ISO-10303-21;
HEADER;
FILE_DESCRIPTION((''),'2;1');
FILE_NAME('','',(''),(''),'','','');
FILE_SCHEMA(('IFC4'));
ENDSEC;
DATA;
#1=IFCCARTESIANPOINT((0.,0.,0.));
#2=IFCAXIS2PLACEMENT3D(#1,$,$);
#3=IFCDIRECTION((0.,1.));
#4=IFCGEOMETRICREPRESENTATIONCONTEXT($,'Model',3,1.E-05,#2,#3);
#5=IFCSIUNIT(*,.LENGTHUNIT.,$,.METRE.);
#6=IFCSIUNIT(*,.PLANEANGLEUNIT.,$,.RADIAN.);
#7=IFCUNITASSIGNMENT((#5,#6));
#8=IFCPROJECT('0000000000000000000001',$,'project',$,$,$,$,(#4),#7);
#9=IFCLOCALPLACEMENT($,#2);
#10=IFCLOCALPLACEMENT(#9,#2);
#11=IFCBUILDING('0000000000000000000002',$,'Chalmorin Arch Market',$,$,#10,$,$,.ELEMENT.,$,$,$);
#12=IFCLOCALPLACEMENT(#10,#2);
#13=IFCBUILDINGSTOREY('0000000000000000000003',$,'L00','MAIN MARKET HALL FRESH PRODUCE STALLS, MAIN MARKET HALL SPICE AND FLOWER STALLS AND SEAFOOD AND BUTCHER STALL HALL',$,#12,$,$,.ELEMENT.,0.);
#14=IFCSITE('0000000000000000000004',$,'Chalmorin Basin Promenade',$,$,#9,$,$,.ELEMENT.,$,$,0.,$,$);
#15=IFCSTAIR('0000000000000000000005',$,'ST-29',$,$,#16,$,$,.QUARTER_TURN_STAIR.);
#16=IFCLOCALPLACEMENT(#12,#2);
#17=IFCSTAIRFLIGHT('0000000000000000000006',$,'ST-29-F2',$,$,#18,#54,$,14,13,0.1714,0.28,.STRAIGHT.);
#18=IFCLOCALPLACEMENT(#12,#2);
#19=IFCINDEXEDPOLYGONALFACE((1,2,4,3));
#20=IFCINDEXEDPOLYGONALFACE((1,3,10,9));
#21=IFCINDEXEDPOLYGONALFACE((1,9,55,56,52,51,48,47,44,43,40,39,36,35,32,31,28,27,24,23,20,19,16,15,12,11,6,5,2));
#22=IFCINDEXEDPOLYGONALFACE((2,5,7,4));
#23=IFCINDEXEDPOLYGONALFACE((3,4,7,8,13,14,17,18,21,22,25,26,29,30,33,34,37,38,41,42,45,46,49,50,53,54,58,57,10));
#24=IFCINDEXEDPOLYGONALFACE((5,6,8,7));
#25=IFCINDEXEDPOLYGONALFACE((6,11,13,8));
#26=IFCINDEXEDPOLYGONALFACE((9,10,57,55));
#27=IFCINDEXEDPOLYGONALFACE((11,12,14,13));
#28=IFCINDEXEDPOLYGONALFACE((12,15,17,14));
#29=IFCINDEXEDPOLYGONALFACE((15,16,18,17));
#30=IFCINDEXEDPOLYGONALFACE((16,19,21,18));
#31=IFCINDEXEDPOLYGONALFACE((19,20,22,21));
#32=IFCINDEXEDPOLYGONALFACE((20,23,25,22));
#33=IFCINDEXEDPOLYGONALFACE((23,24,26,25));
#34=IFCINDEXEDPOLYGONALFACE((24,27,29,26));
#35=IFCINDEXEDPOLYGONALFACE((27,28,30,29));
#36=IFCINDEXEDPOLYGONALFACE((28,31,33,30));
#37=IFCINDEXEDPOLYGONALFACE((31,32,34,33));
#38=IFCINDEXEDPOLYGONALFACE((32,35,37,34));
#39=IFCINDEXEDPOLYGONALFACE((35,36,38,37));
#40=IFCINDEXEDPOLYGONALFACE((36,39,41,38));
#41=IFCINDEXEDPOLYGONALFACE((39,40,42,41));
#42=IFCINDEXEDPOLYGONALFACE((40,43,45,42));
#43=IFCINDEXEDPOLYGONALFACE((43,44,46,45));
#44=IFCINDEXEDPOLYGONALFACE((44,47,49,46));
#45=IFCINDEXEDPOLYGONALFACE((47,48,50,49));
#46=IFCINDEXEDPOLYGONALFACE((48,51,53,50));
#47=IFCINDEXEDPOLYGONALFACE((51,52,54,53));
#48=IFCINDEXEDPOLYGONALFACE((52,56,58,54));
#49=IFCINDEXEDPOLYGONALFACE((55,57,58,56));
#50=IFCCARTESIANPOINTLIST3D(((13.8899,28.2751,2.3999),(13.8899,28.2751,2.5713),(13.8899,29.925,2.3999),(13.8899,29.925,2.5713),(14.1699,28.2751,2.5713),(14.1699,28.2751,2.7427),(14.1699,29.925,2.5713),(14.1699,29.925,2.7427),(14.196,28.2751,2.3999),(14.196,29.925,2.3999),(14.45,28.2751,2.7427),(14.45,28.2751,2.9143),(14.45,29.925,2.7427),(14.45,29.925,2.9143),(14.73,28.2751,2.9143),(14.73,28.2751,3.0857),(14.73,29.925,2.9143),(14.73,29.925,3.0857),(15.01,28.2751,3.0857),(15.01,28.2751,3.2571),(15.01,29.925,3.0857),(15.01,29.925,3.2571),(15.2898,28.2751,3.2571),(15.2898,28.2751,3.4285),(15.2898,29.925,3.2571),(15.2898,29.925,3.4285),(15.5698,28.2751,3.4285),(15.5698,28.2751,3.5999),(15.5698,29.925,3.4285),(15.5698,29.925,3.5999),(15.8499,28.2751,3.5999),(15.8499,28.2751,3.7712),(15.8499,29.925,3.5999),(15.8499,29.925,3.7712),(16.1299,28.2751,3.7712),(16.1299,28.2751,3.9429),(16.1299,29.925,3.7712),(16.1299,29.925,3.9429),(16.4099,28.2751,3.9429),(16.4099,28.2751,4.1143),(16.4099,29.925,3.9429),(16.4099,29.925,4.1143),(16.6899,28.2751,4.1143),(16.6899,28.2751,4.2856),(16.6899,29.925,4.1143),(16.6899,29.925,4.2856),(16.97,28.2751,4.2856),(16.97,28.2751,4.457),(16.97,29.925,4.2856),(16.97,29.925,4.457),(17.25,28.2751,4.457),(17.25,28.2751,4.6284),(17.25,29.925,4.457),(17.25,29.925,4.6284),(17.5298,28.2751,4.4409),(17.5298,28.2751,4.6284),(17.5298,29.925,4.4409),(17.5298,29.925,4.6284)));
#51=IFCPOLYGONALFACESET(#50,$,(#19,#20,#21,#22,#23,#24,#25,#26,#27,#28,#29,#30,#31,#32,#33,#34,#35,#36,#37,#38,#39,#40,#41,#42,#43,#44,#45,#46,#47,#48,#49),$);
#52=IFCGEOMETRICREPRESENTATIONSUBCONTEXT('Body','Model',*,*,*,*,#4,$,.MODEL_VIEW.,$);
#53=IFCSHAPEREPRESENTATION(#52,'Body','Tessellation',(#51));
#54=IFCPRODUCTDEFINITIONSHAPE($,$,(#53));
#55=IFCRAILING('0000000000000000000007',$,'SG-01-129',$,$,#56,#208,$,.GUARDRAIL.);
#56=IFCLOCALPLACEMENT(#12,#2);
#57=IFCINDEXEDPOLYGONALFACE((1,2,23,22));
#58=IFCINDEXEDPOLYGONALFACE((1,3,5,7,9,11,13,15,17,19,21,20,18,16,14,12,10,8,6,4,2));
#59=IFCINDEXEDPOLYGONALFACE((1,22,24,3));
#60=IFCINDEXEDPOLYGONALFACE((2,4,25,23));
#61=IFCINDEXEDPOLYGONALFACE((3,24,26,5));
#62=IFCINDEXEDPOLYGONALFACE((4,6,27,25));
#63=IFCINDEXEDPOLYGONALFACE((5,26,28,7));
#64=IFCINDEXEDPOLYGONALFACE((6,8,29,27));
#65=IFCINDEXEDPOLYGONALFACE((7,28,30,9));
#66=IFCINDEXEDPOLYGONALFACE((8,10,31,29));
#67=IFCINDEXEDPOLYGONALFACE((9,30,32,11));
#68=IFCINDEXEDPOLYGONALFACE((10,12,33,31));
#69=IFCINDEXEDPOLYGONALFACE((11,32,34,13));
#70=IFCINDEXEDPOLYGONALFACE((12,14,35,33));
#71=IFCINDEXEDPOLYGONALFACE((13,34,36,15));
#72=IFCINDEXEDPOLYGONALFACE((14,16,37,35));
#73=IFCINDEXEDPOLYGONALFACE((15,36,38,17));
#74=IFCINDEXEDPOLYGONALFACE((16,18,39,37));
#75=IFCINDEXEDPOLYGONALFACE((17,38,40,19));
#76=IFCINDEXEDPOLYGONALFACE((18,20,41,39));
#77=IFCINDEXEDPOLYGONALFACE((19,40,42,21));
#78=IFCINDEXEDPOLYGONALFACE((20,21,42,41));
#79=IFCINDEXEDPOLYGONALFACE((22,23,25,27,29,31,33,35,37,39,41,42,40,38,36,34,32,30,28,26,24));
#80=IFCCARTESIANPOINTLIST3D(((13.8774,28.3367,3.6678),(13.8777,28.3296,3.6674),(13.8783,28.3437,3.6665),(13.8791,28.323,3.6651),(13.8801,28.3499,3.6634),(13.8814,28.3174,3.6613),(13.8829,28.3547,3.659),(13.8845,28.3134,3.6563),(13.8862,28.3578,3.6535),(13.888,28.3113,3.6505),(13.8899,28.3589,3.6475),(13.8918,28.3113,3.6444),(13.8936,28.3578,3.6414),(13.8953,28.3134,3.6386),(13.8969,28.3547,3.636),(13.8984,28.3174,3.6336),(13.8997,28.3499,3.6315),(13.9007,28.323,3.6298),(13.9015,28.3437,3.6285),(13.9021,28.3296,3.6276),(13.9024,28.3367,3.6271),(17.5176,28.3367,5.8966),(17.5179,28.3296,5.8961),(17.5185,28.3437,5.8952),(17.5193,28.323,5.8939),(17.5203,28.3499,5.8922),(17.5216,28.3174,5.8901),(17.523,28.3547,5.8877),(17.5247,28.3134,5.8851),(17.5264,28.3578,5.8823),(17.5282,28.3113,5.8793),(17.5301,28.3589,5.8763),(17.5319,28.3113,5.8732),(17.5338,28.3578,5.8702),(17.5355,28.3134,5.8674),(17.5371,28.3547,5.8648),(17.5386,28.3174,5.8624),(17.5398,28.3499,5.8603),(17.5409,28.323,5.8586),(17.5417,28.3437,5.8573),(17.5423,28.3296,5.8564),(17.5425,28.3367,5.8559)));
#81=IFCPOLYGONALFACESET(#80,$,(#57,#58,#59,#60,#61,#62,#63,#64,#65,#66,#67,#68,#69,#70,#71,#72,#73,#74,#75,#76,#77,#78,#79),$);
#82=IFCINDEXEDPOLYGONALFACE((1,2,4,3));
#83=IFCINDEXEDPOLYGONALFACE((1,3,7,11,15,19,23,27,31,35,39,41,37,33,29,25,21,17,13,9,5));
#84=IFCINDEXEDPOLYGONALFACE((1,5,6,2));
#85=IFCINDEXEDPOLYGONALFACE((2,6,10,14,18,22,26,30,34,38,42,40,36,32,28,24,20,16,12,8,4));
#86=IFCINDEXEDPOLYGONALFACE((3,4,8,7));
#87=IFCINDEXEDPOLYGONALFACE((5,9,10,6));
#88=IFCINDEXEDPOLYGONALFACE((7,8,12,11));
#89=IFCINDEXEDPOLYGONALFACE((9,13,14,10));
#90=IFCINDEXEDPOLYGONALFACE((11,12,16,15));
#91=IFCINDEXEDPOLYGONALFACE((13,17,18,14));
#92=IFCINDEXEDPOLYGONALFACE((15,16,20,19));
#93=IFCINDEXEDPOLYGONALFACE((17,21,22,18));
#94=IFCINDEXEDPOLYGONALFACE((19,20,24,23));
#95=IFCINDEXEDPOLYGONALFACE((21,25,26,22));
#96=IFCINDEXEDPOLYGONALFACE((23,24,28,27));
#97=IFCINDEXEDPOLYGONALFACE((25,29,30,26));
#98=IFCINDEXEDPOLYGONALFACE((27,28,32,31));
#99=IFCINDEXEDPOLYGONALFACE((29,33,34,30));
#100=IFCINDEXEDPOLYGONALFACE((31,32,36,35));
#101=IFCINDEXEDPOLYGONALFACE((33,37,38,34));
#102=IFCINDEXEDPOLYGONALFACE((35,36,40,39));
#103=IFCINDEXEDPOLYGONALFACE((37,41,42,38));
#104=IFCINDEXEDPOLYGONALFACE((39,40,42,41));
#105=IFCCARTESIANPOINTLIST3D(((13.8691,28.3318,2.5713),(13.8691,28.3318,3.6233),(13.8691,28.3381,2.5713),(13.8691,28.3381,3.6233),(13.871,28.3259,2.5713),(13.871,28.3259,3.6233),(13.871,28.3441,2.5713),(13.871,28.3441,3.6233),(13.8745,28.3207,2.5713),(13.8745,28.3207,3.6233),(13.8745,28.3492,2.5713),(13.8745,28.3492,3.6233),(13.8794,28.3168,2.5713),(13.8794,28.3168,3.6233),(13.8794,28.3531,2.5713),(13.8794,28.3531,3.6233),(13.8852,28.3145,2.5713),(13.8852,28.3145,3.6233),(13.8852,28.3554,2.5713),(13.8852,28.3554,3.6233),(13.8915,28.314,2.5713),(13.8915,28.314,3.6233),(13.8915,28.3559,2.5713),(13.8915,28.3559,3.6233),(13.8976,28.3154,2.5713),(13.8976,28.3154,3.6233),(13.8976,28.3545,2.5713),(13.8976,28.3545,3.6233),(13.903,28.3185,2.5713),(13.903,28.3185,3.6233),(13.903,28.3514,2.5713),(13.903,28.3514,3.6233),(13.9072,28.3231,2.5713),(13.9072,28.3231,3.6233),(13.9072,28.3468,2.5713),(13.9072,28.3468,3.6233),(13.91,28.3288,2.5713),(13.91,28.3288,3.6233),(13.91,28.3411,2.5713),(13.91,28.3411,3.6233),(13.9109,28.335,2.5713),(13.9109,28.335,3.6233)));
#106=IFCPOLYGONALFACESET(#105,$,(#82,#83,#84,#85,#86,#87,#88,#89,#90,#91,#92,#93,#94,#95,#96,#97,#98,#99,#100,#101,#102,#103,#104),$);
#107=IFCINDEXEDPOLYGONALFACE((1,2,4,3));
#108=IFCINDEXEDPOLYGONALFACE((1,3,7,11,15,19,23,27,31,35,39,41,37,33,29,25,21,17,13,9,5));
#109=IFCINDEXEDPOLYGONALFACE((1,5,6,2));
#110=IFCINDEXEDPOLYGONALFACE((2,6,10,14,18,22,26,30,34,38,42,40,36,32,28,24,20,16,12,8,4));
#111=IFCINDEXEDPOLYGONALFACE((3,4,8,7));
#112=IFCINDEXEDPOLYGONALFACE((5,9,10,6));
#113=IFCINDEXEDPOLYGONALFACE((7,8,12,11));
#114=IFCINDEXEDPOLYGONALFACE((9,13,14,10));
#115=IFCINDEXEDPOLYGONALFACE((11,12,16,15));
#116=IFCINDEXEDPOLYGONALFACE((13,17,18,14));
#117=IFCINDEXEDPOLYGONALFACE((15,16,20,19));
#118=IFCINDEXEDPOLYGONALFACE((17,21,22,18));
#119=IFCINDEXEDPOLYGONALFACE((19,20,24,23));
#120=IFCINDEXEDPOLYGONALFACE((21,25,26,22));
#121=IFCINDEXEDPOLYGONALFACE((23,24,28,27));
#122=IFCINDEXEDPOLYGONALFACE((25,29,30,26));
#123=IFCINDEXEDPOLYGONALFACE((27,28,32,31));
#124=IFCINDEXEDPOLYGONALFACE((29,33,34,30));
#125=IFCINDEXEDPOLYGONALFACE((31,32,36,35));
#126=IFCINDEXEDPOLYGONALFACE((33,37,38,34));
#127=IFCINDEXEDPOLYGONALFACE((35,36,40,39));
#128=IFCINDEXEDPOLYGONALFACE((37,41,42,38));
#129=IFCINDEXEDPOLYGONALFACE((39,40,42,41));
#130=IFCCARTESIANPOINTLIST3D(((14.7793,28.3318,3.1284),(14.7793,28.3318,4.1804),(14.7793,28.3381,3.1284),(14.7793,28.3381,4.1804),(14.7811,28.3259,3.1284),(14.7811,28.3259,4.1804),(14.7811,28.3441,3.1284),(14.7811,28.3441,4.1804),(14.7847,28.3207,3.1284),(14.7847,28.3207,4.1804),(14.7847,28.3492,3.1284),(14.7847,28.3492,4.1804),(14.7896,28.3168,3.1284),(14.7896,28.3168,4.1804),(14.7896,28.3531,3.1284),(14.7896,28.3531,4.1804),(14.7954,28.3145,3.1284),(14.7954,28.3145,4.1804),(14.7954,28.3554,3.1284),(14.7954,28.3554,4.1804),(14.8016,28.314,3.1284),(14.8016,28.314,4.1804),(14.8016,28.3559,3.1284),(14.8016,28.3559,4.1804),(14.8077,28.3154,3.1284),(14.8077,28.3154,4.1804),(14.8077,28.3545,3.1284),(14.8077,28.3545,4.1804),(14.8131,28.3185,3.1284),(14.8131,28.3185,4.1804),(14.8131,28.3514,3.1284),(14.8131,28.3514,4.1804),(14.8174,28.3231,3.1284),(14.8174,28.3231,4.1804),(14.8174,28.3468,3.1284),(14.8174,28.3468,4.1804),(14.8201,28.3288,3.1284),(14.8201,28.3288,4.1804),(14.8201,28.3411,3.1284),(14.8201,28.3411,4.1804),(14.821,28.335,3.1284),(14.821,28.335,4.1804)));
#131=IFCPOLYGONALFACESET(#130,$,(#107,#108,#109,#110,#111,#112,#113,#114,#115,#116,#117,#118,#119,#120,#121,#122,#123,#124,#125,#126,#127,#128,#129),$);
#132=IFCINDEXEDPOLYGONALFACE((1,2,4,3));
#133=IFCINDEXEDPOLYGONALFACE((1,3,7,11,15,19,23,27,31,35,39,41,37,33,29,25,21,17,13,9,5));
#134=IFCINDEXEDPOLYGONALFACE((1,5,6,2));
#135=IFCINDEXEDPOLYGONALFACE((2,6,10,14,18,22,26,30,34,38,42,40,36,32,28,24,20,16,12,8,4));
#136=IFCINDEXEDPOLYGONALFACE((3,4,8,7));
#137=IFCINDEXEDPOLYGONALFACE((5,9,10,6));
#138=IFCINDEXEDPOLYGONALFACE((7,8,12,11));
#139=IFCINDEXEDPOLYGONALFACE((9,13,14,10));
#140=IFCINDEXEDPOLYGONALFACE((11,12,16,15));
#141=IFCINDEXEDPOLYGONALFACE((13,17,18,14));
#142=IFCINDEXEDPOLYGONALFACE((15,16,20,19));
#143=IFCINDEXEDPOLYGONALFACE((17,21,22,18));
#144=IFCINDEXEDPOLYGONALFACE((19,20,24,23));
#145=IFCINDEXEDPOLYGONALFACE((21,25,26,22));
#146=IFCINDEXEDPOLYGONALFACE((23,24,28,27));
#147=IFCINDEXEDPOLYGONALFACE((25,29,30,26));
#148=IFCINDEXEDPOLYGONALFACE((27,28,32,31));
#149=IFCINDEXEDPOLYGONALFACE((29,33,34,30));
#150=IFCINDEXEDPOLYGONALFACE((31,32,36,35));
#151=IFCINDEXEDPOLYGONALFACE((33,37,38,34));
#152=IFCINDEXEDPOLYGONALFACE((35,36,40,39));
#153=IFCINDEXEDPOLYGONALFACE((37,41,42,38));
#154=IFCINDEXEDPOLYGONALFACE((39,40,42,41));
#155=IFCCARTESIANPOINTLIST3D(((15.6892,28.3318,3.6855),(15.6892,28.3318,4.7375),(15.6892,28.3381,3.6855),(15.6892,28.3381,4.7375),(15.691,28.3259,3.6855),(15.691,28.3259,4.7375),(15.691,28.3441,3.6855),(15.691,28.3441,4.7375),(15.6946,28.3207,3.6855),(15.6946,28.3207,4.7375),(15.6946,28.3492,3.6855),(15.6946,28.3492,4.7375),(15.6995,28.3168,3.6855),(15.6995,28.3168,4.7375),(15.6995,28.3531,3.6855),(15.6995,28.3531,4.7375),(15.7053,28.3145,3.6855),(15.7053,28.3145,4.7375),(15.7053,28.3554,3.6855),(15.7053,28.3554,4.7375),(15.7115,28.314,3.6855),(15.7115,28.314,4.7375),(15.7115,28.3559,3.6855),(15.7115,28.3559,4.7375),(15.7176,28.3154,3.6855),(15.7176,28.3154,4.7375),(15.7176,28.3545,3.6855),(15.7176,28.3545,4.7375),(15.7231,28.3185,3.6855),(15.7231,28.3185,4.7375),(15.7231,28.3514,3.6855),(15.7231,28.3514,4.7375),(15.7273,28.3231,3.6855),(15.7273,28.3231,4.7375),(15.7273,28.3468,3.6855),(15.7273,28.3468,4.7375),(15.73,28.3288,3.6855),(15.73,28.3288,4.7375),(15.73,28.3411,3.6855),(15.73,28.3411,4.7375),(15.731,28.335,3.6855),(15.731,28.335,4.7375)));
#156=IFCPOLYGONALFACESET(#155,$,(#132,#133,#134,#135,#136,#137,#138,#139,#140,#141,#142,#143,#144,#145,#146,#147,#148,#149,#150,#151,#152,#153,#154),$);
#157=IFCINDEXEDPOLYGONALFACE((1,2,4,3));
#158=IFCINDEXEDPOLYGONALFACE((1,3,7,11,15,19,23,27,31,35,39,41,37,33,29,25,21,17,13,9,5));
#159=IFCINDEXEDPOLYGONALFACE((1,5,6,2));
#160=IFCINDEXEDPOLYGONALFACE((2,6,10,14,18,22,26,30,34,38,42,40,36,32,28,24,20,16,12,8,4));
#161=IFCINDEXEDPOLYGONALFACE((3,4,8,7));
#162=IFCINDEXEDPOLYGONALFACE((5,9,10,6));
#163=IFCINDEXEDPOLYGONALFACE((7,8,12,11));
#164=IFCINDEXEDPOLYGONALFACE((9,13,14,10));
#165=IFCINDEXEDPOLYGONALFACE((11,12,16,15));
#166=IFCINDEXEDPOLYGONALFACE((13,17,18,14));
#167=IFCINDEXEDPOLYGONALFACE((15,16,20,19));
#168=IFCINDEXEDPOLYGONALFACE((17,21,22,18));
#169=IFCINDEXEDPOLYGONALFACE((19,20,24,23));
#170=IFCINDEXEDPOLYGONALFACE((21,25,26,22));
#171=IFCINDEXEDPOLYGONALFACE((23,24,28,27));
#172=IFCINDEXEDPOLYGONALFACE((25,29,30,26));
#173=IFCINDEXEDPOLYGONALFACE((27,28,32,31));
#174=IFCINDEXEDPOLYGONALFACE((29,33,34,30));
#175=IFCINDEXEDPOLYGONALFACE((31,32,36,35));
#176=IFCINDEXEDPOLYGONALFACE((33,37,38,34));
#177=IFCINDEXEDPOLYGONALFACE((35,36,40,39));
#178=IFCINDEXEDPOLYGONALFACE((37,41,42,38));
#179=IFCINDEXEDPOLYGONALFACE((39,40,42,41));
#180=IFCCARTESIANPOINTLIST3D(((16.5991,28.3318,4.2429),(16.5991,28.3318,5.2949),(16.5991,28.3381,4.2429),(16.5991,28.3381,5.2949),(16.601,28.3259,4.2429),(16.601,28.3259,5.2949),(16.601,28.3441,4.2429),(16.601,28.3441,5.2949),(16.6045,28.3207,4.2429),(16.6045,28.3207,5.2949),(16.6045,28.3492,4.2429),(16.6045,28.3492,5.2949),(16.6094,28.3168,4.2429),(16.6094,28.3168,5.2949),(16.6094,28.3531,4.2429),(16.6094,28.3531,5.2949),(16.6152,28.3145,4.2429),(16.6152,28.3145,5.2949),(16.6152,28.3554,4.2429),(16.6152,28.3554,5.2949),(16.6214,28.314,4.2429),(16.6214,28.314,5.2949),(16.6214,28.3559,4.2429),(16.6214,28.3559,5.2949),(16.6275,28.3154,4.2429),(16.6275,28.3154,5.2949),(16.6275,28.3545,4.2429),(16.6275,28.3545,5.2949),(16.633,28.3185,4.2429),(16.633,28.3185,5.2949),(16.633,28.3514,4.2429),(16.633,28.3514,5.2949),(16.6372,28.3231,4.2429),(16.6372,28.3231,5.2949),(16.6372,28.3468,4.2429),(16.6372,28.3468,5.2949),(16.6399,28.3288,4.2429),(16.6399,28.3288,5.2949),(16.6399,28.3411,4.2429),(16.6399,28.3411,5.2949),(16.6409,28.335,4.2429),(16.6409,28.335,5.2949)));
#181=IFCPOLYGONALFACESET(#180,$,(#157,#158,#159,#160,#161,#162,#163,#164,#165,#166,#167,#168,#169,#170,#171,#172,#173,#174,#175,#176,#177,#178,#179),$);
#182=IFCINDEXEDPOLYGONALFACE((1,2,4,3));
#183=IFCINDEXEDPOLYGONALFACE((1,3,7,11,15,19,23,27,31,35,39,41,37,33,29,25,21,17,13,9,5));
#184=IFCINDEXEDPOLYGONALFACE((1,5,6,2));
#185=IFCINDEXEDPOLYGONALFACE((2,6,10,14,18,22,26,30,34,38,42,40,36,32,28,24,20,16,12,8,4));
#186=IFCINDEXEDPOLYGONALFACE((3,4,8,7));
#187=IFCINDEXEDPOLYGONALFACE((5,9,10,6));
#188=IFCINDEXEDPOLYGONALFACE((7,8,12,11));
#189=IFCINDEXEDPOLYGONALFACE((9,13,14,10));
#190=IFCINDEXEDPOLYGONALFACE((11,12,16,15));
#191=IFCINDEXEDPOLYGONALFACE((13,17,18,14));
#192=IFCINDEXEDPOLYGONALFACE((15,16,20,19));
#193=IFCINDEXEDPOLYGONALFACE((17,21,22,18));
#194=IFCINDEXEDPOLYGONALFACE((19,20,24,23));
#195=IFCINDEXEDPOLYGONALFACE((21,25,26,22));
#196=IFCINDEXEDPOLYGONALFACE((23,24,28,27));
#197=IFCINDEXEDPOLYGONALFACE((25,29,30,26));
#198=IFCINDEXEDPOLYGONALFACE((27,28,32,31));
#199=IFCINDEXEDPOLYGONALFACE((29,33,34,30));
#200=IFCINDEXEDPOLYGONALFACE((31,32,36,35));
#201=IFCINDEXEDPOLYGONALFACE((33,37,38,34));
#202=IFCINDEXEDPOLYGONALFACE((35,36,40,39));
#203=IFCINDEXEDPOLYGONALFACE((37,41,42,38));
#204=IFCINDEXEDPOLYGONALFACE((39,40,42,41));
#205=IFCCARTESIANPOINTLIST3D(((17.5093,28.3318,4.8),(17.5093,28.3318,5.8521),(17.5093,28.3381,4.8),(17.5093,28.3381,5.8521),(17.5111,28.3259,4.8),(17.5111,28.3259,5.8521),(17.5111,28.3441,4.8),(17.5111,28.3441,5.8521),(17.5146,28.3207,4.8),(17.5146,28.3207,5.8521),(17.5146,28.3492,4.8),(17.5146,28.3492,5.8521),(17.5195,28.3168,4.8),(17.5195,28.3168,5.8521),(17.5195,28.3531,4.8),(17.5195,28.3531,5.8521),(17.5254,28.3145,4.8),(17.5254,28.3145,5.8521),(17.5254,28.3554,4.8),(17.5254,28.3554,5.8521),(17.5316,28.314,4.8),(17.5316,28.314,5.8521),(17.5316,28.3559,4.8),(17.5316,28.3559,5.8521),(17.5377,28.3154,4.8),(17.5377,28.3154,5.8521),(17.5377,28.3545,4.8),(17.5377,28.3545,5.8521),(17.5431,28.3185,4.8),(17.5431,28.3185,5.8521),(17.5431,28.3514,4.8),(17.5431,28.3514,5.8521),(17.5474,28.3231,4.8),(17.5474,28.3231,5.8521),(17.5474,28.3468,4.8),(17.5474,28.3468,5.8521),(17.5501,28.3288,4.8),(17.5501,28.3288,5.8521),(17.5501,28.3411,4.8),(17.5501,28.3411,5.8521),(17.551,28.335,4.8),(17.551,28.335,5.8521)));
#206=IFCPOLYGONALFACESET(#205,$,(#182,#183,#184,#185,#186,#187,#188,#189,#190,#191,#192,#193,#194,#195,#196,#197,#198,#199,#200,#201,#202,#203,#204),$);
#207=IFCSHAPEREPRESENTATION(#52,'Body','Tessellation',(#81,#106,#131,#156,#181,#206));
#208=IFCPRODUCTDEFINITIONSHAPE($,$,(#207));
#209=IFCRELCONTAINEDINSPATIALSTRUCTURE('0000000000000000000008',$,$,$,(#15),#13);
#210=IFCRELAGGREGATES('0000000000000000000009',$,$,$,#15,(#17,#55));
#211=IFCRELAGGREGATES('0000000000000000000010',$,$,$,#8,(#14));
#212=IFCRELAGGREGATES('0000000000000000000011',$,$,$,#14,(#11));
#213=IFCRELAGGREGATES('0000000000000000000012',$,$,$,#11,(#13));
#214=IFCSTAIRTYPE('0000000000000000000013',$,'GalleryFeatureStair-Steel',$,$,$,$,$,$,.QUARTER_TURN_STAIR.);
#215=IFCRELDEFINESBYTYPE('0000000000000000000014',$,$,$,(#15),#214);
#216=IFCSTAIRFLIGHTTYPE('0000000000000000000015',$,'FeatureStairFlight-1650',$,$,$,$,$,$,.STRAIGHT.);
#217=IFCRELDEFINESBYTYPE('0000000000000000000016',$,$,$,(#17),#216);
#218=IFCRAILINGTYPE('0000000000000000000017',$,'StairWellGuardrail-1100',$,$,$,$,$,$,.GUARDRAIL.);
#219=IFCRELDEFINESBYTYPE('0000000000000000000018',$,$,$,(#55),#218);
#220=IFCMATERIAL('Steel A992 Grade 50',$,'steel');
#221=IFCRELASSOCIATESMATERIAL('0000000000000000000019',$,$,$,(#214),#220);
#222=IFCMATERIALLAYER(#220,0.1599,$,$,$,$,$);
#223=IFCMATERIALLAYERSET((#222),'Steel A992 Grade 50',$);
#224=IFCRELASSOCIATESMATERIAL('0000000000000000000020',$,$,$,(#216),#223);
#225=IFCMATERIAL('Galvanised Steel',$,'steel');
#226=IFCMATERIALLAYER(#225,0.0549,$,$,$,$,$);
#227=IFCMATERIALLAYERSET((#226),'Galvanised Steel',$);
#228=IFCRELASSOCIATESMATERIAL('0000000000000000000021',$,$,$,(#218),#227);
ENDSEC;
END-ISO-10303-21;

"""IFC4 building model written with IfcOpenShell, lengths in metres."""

from ifc_helpers import new_model, si_unit, direction, frame, origin, origin_2d, place, context, subcontext, project, spatial, polyline, circle, outline, extrude, material, layer, layer_set, type_object, element, aggregate, save


model = new_model("IFC4")

# Units and contexts
model_context = context("Model", 3, precision=1e-05, world=origin(), true_north=direction((0.0, 1.0)))
body_context = subcontext(model_context, "Body", "Model", "MODEL_VIEW")
ifc_project = project(units=[si_unit("LENGTHUNIT", "METRE"), si_unit("PLANEANGLEUNIT", "RADIAN")], contexts=[model_context])

# Site, building, storey
site_placement = place(None, origin())
site = spatial("IfcSite", under=ifc_project, at=site_placement, Name="Chalmorin Basin Promenade", CompositionType="ELEMENT", RefElevation=0.0)
building_placement = place(site_placement, origin())
building = spatial("IfcBuilding", under=site, at=building_placement, Name="Chalmorin Arch Market", CompositionType="ELEMENT")
storey_placement = place(building_placement, origin())
storey = spatial("IfcBuildingStorey", under=building, at=storey_placement, Name="L00", Description="MAIN MARKET HALL FRESH PRODUCE STALLS, MAIN MARKET HALL SPICE AND FLOWER STALLS AND SEAFOOD AND BUTCHER STALL HALL", CompositionType="ELEMENT", Elevation=0.0)

# Shared definitions
ifc_material_1 = material(Name="Steel A992 Grade 50", Category="steel")

# Stair, stair flight, railing
stair_type = type_object("IfcStairType", Name="GalleryFeatureStair-Steel", PredefinedType="QUARTER_TURN_STAIR", material=ifc_material_1)
stair_placement = place(storey_placement, origin())
stair = element("IfcStair", 1, at=stair_placement, inside=storey, type_object=stair_type, Name="ST-29", PredefinedType="QUARTER_TURN_STAIR")
ifc_layer_1 = layer(ifc_material_1, 0.1599)
ifc_layer_set_1 = layer_set([ifc_layer_1], Name="Steel A992 Grade 50")
stair_flight_type = type_object("IfcStairFlightType", Name="FeatureStairFlight-1650", PredefinedType="STRAIGHT", material=ifc_layer_set_1)
stair_flight_placement = place(storey_placement, frame((13.8899, 29.1001, 2.3999), z_axis=(0.0, 0.0, 1.0), x_axis=(1.0, 0.0, 0.0)))
stair_flight = element("IfcStairFlight", 2, at=stair_flight_placement, type_object=stair_flight_type, Name="ST-29-F2", NumberOfRisers=14, NumberOfTreads=13, PredefinedType="STRAIGHT", RiserHeight=0.1714, TreadLength=0.28, context=body_context, shape_type="SweptSolid", body=[
    extrude(outline(polyline([(0.0, 0.0), (0.0, 0.1714), (0.28, 0.1714), (0.28, 0.3428), (0.5601, 0.3428), (0.5601, 0.5144), (0.8401, 0.5144), (0.8401, 0.6858), (1.1201, 0.6858), (1.1201, 0.8572), (1.3999, 0.8572), (1.3999, 1.0286), (1.6799, 1.0286), (1.6799, 1.2), (1.96, 1.2), (1.96, 1.3713), (2.24, 1.3713), (2.24, 1.543), (2.52, 1.543), (2.52, 1.7144), (2.8, 1.7144), (2.8, 1.8857), (3.0801, 1.8857), (3.0801, 2.0571), (3.3601, 2.0571), (3.3601, 2.2285), (3.6399, 2.2285), (3.6399, 2.3999), (3.6399, 2.041), (0.3062, 0.0), (0.0, 0.0)])), frame((0.0, 0.825, 0.0), z_axis=(0.0, -1.0, 0.0), x_axis=(1.0, 0.0, 0.0)), (0.0, 0.0, 1.0), 1.6499),
])
ifc_material_2 = material(Name="Galvanised Steel", Category="steel")
ifc_layer_2 = layer(ifc_material_2, 0.0549)
ifc_layer_set_2 = layer_set([ifc_layer_2], Name="Galvanised Steel")
railing_type = type_object("IfcRailingType", Name="StairWellGuardrail-1100", PredefinedType="GUARDRAIL", material=ifc_layer_set_2)
railing_1_placement = place(storey_placement, frame((13.8899, 28.335, 2.5713)))
railing_1 = element("IfcRailing", 3, at=railing_1_placement, type_object=railing_type, Name="SG-01-129", PredefinedType="GUARDRAIL", context=body_context, shape_type="SweptSolid", body=[
    extrude(circle(Radius=0.0239, at=origin_2d()), frame((0.0, 0.0, 1.0762), z_axis=(0.85284, 0.0, 0.522172), x_axis=(0.0, 1.0, 0.0)), (0.0, 0.0, 1.0), 4.2683),
    extrude(circle(Radius=0.021, at=origin_2d()), origin(), (0.0, 0.0, 1.0), 1.052),
    extrude(circle(Radius=0.021, at=origin_2d()), frame((0.9102, 0.0, 0.5571)), (0.0, 0.0, 1.0), 1.052),
    extrude(circle(Radius=0.021, at=origin_2d()), frame((1.8201, 0.0, 1.1143)), (0.0, 0.0, 1.0), 1.052),
    extrude(circle(Radius=0.021, at=origin_2d()), frame((2.73, 0.0, 1.6716)), (0.0, 0.0, 1.0), 1.052),
    extrude(circle(Radius=0.021, at=origin_2d()), frame((3.6401, 0.0, 2.2288)), (0.0, 0.0, 1.0), 1.052),
])
aggregate(stair, [stair_flight, railing_1])

save(model, "model.ifc")
